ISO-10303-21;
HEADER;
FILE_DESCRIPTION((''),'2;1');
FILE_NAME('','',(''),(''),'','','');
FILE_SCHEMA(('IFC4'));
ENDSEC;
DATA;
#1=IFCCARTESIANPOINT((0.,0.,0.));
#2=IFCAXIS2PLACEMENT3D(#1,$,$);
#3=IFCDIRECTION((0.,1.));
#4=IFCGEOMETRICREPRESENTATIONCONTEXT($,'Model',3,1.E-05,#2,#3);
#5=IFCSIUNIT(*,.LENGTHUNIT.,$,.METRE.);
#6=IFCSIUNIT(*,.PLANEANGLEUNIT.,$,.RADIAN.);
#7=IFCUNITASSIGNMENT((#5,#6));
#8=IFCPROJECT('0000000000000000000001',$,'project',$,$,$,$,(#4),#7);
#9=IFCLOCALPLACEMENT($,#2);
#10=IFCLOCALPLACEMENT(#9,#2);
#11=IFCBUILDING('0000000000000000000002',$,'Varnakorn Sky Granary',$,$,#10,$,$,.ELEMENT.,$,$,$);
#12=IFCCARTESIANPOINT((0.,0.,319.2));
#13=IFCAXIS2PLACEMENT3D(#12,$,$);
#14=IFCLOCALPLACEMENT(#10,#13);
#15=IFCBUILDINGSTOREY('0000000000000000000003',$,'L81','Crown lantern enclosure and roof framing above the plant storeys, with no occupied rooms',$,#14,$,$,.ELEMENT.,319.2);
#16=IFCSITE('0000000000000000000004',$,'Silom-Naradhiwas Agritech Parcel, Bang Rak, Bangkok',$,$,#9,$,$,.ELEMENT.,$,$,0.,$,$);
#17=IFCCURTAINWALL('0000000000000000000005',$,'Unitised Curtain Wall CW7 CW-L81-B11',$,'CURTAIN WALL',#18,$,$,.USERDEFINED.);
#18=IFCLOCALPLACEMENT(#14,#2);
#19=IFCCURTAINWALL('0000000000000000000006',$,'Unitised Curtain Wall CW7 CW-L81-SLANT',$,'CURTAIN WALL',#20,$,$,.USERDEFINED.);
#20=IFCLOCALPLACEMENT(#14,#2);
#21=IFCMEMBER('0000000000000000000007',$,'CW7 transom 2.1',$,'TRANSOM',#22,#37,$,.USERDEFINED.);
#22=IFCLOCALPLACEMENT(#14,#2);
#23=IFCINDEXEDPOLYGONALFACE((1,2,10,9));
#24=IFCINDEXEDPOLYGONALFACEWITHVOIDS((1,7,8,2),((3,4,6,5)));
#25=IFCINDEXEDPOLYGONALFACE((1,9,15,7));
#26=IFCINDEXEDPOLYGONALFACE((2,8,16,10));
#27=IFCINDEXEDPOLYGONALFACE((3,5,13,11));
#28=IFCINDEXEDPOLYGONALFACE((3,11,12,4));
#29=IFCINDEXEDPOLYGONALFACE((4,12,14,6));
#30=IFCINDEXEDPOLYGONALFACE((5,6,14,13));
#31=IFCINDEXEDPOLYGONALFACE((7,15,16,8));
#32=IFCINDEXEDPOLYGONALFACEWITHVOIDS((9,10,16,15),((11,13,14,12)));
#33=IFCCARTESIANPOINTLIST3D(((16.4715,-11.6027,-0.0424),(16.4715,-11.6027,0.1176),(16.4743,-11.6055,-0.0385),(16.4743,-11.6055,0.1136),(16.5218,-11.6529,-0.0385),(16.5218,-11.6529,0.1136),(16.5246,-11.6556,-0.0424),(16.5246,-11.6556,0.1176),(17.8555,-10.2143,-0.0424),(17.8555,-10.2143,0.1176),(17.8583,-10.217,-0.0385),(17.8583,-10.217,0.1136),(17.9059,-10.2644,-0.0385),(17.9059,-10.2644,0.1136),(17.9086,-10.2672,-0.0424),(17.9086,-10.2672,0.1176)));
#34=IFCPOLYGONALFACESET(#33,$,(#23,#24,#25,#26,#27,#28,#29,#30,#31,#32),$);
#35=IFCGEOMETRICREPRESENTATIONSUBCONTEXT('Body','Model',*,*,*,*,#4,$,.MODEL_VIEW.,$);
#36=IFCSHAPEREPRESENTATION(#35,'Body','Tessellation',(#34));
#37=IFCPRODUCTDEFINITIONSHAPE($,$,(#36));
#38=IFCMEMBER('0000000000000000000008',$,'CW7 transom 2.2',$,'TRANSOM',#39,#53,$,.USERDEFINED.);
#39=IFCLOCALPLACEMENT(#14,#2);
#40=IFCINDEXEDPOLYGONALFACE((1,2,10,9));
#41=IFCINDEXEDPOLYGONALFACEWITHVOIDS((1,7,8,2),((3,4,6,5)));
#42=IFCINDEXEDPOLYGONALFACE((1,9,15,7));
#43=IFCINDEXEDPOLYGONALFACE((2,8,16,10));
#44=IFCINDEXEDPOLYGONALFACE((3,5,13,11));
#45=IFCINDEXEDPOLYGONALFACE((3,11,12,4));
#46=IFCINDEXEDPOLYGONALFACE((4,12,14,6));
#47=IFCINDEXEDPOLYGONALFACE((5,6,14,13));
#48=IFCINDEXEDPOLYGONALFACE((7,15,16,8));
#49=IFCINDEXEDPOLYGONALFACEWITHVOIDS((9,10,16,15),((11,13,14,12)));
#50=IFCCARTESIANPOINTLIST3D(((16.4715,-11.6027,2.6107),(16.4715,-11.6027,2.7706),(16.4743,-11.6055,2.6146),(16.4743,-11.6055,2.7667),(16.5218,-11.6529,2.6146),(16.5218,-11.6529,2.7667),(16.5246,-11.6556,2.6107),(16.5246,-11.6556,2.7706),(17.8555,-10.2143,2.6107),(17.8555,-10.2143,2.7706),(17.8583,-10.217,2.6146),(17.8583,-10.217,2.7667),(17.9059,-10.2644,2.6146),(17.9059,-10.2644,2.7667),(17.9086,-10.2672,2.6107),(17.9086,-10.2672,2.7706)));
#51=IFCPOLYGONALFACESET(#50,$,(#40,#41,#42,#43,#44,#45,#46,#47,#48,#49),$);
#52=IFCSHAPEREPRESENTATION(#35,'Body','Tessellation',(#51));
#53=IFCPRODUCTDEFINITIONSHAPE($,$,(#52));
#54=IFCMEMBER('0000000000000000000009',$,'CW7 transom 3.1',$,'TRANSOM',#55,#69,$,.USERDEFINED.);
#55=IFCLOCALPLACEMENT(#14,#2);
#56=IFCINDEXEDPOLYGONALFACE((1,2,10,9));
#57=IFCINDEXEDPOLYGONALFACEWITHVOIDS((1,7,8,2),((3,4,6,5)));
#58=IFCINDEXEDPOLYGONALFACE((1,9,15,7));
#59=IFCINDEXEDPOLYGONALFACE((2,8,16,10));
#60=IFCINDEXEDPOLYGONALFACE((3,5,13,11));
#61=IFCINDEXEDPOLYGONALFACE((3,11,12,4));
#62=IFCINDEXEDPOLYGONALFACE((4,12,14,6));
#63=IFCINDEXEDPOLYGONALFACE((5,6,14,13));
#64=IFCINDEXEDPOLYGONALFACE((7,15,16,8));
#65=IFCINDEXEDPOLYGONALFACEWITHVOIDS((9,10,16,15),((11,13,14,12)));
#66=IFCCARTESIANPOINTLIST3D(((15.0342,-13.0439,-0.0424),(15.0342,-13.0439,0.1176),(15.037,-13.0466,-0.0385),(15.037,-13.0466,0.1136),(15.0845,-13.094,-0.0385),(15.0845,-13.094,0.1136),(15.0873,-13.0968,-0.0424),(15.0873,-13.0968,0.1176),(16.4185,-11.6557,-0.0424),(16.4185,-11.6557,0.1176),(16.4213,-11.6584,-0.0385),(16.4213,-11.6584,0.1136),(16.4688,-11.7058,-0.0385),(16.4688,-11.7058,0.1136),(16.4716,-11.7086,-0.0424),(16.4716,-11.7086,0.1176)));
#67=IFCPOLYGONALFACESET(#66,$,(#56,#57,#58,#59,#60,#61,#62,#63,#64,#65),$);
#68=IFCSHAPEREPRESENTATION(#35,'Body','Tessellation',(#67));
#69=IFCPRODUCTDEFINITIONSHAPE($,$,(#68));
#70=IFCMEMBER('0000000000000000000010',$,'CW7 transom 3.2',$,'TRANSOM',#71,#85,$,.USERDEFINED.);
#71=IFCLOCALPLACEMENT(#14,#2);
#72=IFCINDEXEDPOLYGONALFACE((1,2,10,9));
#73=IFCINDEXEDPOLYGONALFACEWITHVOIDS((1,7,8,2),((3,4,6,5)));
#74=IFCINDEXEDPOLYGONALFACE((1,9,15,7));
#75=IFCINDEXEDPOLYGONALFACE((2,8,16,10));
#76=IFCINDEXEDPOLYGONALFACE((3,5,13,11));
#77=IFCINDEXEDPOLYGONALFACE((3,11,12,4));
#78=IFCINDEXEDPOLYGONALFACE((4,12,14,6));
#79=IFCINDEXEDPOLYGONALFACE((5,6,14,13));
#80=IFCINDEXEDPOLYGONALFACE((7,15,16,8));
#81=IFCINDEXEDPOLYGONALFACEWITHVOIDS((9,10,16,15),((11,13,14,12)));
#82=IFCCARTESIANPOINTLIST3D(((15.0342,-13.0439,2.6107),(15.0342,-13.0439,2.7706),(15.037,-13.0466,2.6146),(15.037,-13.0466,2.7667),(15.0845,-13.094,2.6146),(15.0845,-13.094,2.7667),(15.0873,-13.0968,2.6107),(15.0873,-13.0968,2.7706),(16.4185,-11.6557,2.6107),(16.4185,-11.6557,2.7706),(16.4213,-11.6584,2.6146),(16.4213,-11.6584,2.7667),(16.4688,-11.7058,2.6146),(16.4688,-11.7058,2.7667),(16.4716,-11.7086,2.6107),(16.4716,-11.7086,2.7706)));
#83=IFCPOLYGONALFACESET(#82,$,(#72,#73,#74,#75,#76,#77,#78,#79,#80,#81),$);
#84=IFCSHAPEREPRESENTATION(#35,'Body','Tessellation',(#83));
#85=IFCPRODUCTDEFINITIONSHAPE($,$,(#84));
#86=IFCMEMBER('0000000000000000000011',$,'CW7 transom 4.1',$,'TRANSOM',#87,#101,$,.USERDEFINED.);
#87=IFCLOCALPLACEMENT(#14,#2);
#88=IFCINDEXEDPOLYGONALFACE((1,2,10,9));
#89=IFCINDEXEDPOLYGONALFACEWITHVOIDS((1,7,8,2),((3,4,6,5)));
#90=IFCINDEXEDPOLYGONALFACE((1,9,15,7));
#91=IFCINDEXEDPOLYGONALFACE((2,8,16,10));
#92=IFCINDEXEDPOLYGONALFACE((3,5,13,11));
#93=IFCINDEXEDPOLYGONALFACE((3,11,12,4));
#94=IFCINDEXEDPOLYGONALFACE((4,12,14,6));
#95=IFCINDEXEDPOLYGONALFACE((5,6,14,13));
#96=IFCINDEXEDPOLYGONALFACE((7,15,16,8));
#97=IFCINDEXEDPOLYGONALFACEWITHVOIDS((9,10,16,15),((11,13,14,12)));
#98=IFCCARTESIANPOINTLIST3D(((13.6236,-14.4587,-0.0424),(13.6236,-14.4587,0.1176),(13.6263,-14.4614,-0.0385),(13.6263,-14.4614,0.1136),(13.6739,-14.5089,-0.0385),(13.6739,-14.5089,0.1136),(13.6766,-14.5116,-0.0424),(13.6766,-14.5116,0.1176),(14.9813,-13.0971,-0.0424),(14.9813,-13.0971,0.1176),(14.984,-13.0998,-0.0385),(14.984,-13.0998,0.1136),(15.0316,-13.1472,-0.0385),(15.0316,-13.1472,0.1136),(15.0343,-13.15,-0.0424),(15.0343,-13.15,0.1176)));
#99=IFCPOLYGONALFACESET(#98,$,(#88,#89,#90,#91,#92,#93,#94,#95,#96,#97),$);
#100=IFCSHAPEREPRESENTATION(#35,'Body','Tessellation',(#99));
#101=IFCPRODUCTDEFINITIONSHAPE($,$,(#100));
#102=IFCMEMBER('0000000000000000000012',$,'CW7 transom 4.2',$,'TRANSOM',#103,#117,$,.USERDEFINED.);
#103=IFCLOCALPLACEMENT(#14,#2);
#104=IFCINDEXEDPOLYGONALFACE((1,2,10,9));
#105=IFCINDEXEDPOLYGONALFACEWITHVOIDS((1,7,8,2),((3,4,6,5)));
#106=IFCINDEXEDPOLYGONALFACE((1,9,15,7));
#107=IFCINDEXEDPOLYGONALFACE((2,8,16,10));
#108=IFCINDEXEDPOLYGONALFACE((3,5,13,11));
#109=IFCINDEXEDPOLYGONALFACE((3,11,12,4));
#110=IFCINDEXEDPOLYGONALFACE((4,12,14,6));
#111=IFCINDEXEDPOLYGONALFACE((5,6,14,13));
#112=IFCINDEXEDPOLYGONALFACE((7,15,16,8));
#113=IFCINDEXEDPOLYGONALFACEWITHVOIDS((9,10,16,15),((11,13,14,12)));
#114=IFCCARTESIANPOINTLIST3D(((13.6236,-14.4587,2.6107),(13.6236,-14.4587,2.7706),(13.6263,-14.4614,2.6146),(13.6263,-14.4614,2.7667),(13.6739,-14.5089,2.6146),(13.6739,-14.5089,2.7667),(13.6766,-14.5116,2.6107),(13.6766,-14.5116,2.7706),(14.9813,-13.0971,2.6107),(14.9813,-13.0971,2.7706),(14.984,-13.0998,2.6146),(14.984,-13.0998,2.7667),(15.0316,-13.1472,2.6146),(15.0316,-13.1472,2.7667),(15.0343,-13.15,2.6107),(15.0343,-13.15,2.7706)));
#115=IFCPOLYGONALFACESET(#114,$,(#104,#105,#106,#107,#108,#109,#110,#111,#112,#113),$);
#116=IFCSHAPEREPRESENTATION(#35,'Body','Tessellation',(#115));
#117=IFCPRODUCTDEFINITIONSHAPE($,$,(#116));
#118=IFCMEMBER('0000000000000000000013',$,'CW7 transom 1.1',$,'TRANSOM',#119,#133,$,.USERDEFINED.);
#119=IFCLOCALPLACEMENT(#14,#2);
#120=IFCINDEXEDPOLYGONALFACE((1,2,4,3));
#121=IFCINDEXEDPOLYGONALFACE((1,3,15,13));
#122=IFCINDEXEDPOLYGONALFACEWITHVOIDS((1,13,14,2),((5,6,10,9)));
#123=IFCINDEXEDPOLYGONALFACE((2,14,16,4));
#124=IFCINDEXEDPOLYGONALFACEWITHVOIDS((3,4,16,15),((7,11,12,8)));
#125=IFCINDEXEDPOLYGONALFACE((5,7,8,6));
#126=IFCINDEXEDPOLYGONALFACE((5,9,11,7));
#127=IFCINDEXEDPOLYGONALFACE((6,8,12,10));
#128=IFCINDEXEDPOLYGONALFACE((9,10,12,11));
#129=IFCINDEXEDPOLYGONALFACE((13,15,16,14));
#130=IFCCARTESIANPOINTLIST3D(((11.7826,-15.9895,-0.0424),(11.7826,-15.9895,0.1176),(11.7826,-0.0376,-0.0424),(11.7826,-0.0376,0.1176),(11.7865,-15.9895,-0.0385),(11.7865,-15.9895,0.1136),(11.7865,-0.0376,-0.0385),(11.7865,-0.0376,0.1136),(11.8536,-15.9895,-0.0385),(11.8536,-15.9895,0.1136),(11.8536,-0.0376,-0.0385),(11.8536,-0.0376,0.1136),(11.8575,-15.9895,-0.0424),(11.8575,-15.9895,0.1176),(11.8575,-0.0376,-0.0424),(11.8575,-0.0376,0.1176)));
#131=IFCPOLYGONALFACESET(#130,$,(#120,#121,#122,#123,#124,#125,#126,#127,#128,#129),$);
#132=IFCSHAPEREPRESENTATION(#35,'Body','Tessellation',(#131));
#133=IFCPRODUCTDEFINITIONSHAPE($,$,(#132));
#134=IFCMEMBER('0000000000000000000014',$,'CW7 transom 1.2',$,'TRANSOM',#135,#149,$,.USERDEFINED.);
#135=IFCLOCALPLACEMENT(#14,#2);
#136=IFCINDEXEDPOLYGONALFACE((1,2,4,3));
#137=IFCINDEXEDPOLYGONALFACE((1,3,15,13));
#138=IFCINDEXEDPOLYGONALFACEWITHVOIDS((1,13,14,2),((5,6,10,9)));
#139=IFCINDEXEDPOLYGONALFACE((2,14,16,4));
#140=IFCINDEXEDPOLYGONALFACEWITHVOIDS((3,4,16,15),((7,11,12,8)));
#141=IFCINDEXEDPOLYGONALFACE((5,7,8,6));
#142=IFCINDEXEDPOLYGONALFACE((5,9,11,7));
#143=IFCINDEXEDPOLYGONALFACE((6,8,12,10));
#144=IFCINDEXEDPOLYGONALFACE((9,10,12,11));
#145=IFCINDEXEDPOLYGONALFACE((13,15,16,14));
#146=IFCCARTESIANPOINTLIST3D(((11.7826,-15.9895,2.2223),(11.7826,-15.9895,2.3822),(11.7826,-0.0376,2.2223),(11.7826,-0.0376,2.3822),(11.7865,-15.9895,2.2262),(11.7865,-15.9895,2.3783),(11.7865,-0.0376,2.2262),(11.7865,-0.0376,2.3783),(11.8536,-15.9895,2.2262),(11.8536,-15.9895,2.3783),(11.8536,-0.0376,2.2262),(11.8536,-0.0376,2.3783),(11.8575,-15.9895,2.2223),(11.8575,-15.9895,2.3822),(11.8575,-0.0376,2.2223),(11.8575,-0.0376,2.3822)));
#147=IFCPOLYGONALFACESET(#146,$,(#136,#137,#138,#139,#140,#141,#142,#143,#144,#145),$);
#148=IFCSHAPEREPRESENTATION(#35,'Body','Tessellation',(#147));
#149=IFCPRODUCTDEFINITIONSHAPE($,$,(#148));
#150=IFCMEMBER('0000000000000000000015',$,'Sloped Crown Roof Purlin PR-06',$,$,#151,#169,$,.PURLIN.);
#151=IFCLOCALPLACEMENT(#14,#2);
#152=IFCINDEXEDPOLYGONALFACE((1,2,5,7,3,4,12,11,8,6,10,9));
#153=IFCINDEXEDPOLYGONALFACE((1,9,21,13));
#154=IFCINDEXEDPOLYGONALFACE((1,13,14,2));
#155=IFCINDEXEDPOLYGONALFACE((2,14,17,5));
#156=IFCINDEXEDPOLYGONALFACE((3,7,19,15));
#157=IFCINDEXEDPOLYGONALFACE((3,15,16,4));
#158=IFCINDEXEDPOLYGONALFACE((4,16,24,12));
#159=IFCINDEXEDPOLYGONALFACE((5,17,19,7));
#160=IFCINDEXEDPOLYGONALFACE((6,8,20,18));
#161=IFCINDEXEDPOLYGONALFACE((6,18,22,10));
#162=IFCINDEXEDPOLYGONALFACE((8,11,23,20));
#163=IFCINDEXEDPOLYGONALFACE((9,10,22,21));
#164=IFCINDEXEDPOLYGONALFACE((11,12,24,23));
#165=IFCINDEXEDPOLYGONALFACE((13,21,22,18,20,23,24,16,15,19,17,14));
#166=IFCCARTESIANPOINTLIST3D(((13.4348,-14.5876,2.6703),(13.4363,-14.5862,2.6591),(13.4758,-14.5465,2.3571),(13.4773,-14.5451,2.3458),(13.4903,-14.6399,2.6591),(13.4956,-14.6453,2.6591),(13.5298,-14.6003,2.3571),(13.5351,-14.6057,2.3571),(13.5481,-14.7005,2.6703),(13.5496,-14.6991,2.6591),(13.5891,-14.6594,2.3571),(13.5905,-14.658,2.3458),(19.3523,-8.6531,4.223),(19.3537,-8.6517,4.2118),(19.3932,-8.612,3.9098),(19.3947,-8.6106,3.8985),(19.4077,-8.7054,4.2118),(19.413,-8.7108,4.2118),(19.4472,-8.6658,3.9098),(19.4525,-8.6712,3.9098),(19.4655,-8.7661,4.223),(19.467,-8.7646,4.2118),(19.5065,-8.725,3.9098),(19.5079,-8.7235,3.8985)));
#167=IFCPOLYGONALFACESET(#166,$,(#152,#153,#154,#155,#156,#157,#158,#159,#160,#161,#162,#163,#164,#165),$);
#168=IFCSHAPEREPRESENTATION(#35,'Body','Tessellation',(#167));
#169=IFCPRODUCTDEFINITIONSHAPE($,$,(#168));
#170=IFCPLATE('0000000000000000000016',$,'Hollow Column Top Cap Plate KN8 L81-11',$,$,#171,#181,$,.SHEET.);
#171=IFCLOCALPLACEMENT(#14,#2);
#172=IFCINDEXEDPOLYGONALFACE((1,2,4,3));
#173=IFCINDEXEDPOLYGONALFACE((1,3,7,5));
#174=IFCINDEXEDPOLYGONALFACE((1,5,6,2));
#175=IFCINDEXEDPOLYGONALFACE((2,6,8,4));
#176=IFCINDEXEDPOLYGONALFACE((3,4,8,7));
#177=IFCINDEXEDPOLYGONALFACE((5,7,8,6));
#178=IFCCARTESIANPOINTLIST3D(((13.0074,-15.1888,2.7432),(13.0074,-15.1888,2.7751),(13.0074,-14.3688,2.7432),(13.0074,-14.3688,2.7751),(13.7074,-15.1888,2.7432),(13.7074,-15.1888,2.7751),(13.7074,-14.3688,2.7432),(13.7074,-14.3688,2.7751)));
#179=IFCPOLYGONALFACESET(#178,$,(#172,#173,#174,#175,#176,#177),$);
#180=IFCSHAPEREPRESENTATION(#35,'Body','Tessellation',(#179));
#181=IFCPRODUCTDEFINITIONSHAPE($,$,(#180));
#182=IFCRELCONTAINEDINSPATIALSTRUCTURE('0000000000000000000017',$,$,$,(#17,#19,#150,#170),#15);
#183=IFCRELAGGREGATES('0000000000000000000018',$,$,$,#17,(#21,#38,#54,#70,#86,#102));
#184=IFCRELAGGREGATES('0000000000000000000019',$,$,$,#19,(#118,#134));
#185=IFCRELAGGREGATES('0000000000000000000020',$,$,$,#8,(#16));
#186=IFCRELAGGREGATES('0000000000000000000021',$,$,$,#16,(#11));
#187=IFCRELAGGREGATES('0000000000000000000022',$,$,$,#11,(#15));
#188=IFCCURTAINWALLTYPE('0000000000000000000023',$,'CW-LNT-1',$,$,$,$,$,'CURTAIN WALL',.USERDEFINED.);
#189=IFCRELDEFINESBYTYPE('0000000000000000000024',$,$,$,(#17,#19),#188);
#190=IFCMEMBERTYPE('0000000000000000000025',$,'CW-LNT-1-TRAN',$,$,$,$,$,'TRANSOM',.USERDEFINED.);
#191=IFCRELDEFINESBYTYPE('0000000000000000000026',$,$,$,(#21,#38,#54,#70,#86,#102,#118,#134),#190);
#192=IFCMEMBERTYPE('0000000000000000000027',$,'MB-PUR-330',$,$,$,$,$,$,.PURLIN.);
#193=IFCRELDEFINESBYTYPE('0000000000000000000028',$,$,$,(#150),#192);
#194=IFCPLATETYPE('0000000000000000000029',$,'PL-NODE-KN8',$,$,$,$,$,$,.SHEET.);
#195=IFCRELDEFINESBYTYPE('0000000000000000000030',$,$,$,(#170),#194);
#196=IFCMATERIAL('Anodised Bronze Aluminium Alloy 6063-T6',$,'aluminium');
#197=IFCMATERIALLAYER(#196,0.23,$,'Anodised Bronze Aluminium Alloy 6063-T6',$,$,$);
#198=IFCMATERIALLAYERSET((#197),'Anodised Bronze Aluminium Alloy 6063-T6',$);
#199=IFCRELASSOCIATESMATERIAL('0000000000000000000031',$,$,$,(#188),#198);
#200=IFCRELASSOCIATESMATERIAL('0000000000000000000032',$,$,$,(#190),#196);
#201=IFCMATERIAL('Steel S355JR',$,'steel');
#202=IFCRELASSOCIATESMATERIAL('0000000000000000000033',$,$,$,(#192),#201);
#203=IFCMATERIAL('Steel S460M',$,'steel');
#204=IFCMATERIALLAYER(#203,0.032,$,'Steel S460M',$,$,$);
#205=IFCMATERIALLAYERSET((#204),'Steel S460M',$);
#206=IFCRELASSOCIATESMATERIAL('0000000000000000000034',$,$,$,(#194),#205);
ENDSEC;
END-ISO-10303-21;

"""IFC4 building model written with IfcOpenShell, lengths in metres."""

from ifc_helpers import new_model, si_unit, direction, frame, origin, origin_2d, place, context, subcontext, project, spatial, rectangle, hollow_rectangle, i_section, extrude, material, layer, layer_set, material_profile, profile_set, type_object, element, aggregate, save


model = new_model("IFC4")

# Units and contexts
model_context = context("Model", 3, precision=1e-05, world=origin(), true_north=direction((0.0, 1.0)))
body_context = subcontext(model_context, "Body", "Model", "MODEL_VIEW")
ifc_project = project(units=[si_unit("LENGTHUNIT", "METRE"), si_unit("PLANEANGLEUNIT", "RADIAN")], contexts=[model_context])

# Site, building, storey
site_placement = place(None, origin())
site = spatial("IfcSite", under=ifc_project, at=site_placement, Name="Silom-Naradhiwas Agritech Parcel, Bang Rak, Bangkok", CompositionType="ELEMENT", RefElevation=0.0)
building_placement = place(site_placement, origin())
building = spatial("IfcBuilding", under=site, at=building_placement, Name="Varnakorn Sky Granary", CompositionType="ELEMENT")
storey_placement = place(building_placement, frame((0.0, 0.0, 319.2)))
storey = spatial("IfcBuildingStorey", under=building, at=storey_placement, Name="L81", Description="Crown lantern enclosure and roof framing above the plant storeys, with no occupied rooms", CompositionType="ELEMENT", Elevation=319.2)

# Shared definitions
ifc_material_1 = material(Name="Steel S460M", Category="steel")

# Shared definitions
ifc_material_2 = material(Name="Steel S355JR", Category="steel")

# Curtain wall
ifc_material_3 = material(Name="Anodised Bronze Aluminium Alloy 6063-T6", Category="aluminium")
ifc_layer_1 = layer(ifc_material_3, 0.23, Name="Anodised Bronze Aluminium Alloy 6063-T6")
ifc_layer_set_1 = layer_set([ifc_layer_1], Name="Anodised Bronze Aluminium Alloy 6063-T6")
curtain_wall_type = type_object("IfcCurtainWallType", Name="CW-LNT-1", ElementType="CURTAIN WALL", PredefinedType="USERDEFINED", material=ifc_layer_set_1)
curtain_wall_1_placement = place(storey_placement, origin())
curtain_wall_1 = element("IfcCurtainWall", 1, at=curtain_wall_1_placement, inside=storey, type_object=curtain_wall_type, Name="Unitised Curtain Wall CW7 CW-L81-B11", ObjectType="CURTAIN WALL", PredefinedType="USERDEFINED")

# Curtain wall
curtain_wall_2_placement = place(storey_placement, origin())
curtain_wall_2 = element("IfcCurtainWall", 2, at=curtain_wall_2_placement, inside=storey, type_object=curtain_wall_type, Name="Unitised Curtain Wall CW7 CW-L81-SLANT", ObjectType="CURTAIN WALL", PredefinedType="USERDEFINED")

# Members
ifc_material_profile_1 = material_profile(ifc_material_3, hollow_rectangle(XDim=0.075, YDim=0.1599, WallThickness=0.0039, at=origin_2d()), Name="ALU TRAN 75x160")
ifc_profile_set_1 = profile_set([ifc_material_profile_1], Name="Anodised Bronze Aluminium Alloy 6063-T6")
member_type_1 = type_object("IfcMemberType", Name="CW-LNT-1-TRAN", ElementType="TRANSOM", PredefinedType="USERDEFINED", material=ifc_profile_set_1)
member_1_placement = place(storey_placement, frame((17.8821, -10.2407, 0.0376), z_axis=(-0.705985, -0.708227, 0.0), x_axis=(0.708227, -0.705985, 0.0)))
member_1 = element("IfcMember", 3, at=member_1_placement, type_object=member_type_1, Name="CW7 transom 2.1", ObjectType="TRANSOM", PredefinedType="USERDEFINED", context=body_context, shape_type="SweptSolid", body=[
    extrude(hollow_rectangle(XDim=0.075, YDim=0.1599, WallThickness=0.0039, at=origin_2d()), origin(), (0.0, 0.0, 1.0), 1.9604),
])
member_2_placement = place(storey_placement, frame((17.8821, -10.2407, 2.6907), z_axis=(-0.705985, -0.708227, 0.0), x_axis=(0.708227, -0.705985, 0.0)))
member_2 = element("IfcMember", 4, at=member_2_placement, type_object=member_type_1, Name="CW7 transom 2.2", ObjectType="TRANSOM", PredefinedType="USERDEFINED", context=body_context, shape_type="SweptSolid", body=[
    extrude(hollow_rectangle(XDim=0.075, YDim=0.1599, WallThickness=0.0039, at=origin_2d()), origin(), (0.0, 0.0, 1.0), 1.9604),
])
member_3_placement = place(storey_placement, frame((16.4451, -11.6821, 0.0376), z_axis=(-0.70611, -0.708102, 0.0), x_axis=(0.708102, -0.70611, 0.0)))
member_3 = element("IfcMember", 5, at=member_3_placement, type_object=member_type_1, Name="CW7 transom 3.1", ObjectType="TRANSOM", PredefinedType="USERDEFINED", context=body_context, shape_type="SweptSolid", body=[
    extrude(hollow_rectangle(XDim=0.075, YDim=0.1599, WallThickness=0.0039, at=origin_2d()), origin(), (0.0, 0.0, 1.0), 1.9604),
])
member_4_placement = place(storey_placement, frame((16.4451, -11.6821, 2.6907), z_axis=(-0.70611, -0.708102, 0.0), x_axis=(0.708102, -0.70611, 0.0)))
member_4 = element("IfcMember", 6, at=member_4_placement, type_object=member_type_1, Name="CW7 transom 3.2", ObjectType="TRANSOM", PredefinedType="USERDEFINED", context=body_context, shape_type="SweptSolid", body=[
    extrude(hollow_rectangle(XDim=0.075, YDim=0.1599, WallThickness=0.0039, at=origin_2d()), origin(), (0.0, 0.0, 1.0), 1.9604),
])
member_5_placement = place(storey_placement, frame((15.0078, -13.1235, 0.0376), z_axis=(-0.70609, -0.708122, 0.0), x_axis=(0.708122, -0.70609, 0.0)))
member_5 = element("IfcMember", 7, at=member_5_placement, type_object=member_type_1, Name="CW7 transom 4.1", ObjectType="TRANSOM", PredefinedType="USERDEFINED", context=body_context, shape_type="SweptSolid", body=[
    extrude(hollow_rectangle(XDim=0.075, YDim=0.1599, WallThickness=0.0039, at=origin_2d()), origin(), (0.0, 0.0, 1.0), 1.9229),
])
member_6_placement = place(storey_placement, frame((15.0078, -13.1235, 2.6907), z_axis=(-0.70609, -0.708122, 0.0), x_axis=(0.708122, -0.70609, 0.0)))
member_6 = element("IfcMember", 8, at=member_6_placement, type_object=member_type_1, Name="CW7 transom 4.2", ObjectType="TRANSOM", PredefinedType="USERDEFINED", context=body_context, shape_type="SweptSolid", body=[
    extrude(hollow_rectangle(XDim=0.075, YDim=0.1599, WallThickness=0.0039, at=origin_2d()), origin(), (0.0, 0.0, 1.0), 1.9229),
])
member_7_placement = place(storey_placement, frame((11.8201, -15.9895, 0.0376), z_axis=(0.0, 1.0, 0.0), x_axis=(-1.0, 0.0, 0.0)))
member_7 = element("IfcMember", 9, at=member_7_placement, type_object=member_type_1, Name="CW7 transom 1.1", ObjectType="TRANSOM", PredefinedType="USERDEFINED", context=body_context, shape_type="SweptSolid", body=[
    extrude(hollow_rectangle(XDim=0.075, YDim=0.1599, WallThickness=0.0039, at=origin_2d()), origin(), (0.0, 0.0, 1.0), 15.9519),
])
member_8_placement = place(storey_placement, frame((11.8201, -15.9895, 2.3022), z_axis=(0.0, 1.0, 0.0), x_axis=(-1.0, 0.0, 0.0)))
member_8 = element("IfcMember", 10, at=member_8_placement, type_object=member_type_1, Name="CW7 transom 1.2", ObjectType="TRANSOM", PredefinedType="USERDEFINED", context=body_context, shape_type="SweptSolid", body=[
    extrude(hollow_rectangle(XDim=0.075, YDim=0.1599, WallThickness=0.0039, at=origin_2d()), origin(), (0.0, 0.0, 1.0), 15.9519),
])
ifc_material_profile_2 = material_profile(ifc_material_2, i_section(OverallWidth=0.1599, OverallDepth=0.3301, WebThickness=0.0076, FlangeThickness=0.0115, at=origin_2d()), Name="IPE 330")
ifc_profile_set_2 = profile_set([ifc_material_profile_2], Name="Steel S355JR")
member_type_2 = type_object("IfcMemberType", Name="MB-PUR-330", PredefinedType="PURLIN", material=ifc_profile_set_2)
member_9_placement = place(storey_placement, frame((13.5127, -14.6228, 2.5081), z_axis=(0.694271, 0.696276, 0.182175), x_axis=(-0.708126, 0.706086, 0.0)))
element("IfcMember", 11, at=member_9_placement, inside=storey, type_object=member_type_2, Name="Sloped Crown Roof Purlin PR-06", PredefinedType="PURLIN", context=body_context, shape_type="SweptSolid", body=[
    extrude(i_section(OverallWidth=0.1599, OverallDepth=0.3301, WebThickness=0.0076, FlangeThickness=0.0115, at=origin_2d()), origin(), (0.0, 0.0, 1.0), 8.5232),
])

# Plate
ifc_layer_2 = layer(ifc_material_1, 0.032, Name="Steel S460M")
ifc_layer_set_2 = layer_set([ifc_layer_2], Name="Steel S460M")
plate_type_1 = type_object("IfcPlateType", Name="PL-NODE-KN8", PredefinedType="SHEET", material=ifc_layer_set_2)
plate_1_placement = place(storey_placement, frame((13.3574, -14.7788, 2.7432), z_axis=(0.0, 0.0, 1.0), x_axis=(1.0, 0.0, 0.0)))
element("IfcPlate", 12, at=plate_1_placement, inside=storey, type_object=plate_type_1, Name="Hollow Column Top Cap Plate KN8 L81-11", PredefinedType="SHEET", context=body_context, shape_type="SweptSolid", body=[
    extrude(rectangle(XDim=0.7, YDim=0.8201, at=origin_2d()), origin(), (0.0, 0.0, 1.0), 0.032),
])

aggregate(curtain_wall_1, [member_1, member_2, member_3, member_4, member_5, member_6])
aggregate(curtain_wall_2, [member_7, member_8])

save(model, "model.ifc")
